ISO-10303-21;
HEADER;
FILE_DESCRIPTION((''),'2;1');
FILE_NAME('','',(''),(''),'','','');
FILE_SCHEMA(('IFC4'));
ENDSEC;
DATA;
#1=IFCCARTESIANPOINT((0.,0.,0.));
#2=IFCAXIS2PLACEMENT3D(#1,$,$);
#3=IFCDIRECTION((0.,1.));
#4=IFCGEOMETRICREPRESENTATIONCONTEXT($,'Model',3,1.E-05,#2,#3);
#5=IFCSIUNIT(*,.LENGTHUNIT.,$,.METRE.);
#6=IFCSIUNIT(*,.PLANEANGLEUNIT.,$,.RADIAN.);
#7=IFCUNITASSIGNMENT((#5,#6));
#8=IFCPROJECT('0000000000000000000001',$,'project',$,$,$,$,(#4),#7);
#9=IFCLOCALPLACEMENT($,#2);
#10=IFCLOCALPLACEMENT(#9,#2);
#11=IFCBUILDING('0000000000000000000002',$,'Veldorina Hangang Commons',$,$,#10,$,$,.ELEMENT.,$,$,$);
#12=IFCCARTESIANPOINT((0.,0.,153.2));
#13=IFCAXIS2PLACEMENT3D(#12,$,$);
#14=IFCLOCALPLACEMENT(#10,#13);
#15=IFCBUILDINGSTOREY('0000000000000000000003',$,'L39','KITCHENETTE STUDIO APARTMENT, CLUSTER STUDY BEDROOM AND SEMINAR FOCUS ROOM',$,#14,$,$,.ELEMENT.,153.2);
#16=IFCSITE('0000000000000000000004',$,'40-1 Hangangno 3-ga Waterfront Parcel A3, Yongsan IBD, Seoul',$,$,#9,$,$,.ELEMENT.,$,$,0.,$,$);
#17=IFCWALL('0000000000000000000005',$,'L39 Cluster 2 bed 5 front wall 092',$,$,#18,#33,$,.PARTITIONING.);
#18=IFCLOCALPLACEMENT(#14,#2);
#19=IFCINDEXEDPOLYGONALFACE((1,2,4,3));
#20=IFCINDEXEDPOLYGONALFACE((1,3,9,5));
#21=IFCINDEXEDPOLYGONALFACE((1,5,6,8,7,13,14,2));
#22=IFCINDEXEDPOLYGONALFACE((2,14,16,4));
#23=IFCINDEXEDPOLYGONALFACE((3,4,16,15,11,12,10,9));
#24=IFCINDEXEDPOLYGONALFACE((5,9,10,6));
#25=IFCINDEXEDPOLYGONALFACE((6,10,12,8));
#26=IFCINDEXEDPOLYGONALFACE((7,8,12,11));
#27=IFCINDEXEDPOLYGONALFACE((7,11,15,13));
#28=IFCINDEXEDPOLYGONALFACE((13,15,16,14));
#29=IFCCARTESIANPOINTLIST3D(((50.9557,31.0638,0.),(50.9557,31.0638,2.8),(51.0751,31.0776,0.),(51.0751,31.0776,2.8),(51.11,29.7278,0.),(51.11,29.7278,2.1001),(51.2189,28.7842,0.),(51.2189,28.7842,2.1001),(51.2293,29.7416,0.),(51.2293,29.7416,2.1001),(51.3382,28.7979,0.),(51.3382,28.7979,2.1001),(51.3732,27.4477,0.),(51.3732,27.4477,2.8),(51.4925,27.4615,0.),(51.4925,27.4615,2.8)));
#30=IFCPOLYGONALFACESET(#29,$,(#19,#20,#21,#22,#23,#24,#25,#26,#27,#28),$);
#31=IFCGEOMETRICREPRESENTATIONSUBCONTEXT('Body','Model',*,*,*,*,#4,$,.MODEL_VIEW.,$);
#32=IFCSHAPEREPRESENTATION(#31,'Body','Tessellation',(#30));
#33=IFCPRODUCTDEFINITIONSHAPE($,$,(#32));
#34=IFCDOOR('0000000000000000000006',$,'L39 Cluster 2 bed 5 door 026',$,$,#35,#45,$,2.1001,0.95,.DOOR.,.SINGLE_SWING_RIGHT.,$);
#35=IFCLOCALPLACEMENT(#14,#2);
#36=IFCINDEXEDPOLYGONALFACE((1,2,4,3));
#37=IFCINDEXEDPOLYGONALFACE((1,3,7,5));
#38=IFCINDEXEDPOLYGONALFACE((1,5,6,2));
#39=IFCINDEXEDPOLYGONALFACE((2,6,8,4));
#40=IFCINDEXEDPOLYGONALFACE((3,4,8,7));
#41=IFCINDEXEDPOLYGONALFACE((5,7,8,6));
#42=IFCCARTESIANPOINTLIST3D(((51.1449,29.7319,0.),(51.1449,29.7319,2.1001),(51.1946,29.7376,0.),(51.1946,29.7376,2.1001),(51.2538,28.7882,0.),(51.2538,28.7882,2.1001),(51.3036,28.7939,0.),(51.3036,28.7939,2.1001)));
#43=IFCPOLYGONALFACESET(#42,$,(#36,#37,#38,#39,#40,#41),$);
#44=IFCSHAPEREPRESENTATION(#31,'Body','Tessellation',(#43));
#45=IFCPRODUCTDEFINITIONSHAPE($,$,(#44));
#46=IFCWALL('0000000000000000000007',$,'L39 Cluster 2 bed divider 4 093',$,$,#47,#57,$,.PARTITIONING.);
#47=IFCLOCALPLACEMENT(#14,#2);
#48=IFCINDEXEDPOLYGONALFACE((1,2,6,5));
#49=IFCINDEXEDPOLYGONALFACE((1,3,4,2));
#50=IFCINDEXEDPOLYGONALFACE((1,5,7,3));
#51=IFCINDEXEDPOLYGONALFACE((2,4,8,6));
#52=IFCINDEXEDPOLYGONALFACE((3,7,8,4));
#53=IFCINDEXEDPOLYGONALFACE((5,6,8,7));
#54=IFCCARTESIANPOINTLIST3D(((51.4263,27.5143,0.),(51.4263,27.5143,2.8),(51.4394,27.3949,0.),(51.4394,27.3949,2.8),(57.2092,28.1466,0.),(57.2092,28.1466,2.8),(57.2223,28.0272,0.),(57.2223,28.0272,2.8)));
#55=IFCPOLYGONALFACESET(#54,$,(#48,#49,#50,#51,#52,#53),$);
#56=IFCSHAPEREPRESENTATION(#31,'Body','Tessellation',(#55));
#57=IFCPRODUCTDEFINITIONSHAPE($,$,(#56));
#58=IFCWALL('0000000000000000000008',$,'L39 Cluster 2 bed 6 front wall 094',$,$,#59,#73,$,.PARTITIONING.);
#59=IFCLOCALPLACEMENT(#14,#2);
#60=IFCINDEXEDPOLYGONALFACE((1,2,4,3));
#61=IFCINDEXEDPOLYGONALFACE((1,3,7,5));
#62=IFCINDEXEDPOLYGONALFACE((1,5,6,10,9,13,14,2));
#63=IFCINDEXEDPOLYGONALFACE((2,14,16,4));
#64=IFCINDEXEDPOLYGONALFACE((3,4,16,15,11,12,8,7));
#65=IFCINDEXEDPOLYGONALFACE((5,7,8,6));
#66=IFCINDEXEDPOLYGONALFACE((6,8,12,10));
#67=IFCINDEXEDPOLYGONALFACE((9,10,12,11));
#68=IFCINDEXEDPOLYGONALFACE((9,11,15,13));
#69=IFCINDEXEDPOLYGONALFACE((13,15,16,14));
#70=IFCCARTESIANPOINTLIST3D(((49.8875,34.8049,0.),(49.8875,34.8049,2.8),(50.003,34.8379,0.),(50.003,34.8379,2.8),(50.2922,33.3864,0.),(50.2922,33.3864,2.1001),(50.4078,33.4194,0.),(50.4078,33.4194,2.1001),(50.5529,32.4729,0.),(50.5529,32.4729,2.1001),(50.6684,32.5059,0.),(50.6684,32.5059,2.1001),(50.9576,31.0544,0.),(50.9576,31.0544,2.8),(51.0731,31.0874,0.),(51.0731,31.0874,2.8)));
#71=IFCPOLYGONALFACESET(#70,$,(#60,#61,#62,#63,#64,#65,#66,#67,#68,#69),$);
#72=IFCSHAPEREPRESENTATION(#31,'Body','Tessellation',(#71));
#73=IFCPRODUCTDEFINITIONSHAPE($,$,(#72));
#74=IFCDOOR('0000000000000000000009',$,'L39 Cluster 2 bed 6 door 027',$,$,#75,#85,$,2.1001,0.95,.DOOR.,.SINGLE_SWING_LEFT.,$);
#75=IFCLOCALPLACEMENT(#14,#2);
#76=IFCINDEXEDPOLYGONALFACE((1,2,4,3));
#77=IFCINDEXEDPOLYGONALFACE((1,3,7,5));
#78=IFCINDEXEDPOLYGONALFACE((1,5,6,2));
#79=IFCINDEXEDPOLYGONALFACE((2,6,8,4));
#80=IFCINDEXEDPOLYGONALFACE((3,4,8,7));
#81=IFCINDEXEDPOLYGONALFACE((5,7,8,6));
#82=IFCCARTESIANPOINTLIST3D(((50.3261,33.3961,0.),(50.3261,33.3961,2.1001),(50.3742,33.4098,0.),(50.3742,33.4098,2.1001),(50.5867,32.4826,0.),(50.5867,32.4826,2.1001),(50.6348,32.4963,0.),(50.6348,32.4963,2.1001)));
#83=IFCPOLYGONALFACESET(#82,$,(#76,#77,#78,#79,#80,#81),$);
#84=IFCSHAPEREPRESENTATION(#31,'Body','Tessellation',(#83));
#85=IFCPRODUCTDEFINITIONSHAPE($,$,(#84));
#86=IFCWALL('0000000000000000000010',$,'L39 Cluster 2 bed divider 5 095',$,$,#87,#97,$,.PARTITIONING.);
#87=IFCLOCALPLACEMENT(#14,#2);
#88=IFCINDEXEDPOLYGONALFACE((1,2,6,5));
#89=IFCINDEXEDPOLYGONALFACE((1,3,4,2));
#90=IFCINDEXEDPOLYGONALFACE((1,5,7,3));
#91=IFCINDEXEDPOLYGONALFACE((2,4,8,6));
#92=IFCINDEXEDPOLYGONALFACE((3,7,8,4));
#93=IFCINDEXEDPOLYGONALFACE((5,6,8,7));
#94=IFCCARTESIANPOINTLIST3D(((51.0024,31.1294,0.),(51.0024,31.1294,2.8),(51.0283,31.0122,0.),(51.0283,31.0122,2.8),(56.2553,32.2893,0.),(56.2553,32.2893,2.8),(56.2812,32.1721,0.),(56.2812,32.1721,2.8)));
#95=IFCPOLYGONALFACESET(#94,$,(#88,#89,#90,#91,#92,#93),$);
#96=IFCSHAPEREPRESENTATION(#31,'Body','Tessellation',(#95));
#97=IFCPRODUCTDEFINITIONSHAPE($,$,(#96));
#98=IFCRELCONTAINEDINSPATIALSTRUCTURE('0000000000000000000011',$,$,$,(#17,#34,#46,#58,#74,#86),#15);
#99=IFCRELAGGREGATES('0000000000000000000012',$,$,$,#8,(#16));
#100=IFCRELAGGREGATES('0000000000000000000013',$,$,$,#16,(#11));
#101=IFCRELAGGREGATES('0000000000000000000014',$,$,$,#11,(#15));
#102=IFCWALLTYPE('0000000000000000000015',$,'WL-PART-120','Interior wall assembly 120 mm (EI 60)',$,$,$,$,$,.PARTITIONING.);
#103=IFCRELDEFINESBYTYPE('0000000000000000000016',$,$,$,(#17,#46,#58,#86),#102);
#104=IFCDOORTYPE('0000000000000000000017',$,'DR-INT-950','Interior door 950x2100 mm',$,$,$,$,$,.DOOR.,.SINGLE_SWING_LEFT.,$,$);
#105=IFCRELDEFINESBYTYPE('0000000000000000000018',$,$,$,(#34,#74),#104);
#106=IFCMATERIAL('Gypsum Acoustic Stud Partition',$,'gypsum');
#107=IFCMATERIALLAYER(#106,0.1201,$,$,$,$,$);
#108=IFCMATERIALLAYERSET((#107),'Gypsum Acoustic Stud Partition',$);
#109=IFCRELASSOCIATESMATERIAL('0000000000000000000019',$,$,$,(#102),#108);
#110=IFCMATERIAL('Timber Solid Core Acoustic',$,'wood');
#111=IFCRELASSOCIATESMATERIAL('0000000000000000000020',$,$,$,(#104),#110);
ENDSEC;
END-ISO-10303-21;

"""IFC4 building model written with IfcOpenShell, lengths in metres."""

from ifc_helpers import new_model, si_unit, direction, frame, frame_2d, origin, place, context, subcontext, project, spatial, rectangle, extrude, material, layer, layer_set, type_object, element, fill, save


model = new_model("IFC4")

# Units and contexts
model_context = context("Model", 3, precision=1e-05, world=origin(), true_north=direction((0.0, 1.0)))
body_context = subcontext(model_context, "Body", "Model", "MODEL_VIEW")
ifc_project = project(units=[si_unit("LENGTHUNIT", "METRE"), si_unit("PLANEANGLEUNIT", "RADIAN")], contexts=[model_context])

# Site, building, storey
site_placement = place(None, origin())
site = spatial("IfcSite", under=ifc_project, at=site_placement, Name="40-1 Hangangno 3-ga Waterfront Parcel A3, Yongsan IBD, Seoul", CompositionType="ELEMENT", RefElevation=0.0)
building_placement = place(site_placement, origin())
building = spatial("IfcBuilding", under=site, at=building_placement, Name="Veldorina Hangang Commons", CompositionType="ELEMENT")
storey_placement = place(building_placement, frame((0.0, 0.0, 153.2)))
storey = spatial("IfcBuildingStorey", under=building, at=storey_placement, Name="L39", Description="KITCHENETTE STUDIO APARTMENT, CLUSTER STUDY BEDROOM AND SEMINAR FOCUS ROOM", CompositionType="ELEMENT", Elevation=153.2)

# Shared definitions
ifc_material_1 = material(Name="Gypsum Acoustic Stud Partition", Category="gypsum")
ifc_layer_1 = layer(ifc_material_1, 0.1201)
ifc_layer_set_1 = layer_set([ifc_layer_1], Name="Gypsum Acoustic Stud Partition")
wall_type_1 = type_object("IfcWallType", Name="WL-PART-120", Description="Interior wall assembly 120 mm (EI 60)", PredefinedType="PARTITIONING", material=ifc_layer_set_1)
ifc_material_2 = material(Name="Timber Solid Core Acoustic", Category="wood")
door_type = type_object("IfcDoorType", Name="DR-INT-950", Description="Interior door 950x2100 mm", OperationType="SINGLE_SWING_LEFT", PredefinedType="DOOR", material=ifc_material_2)

# Wall, opening, door
wall_1_placement = place(storey_placement, frame((51.4329, 27.4546, 0.0), z_axis=(0.0, 0.0, 1.0), x_axis=(-0.114685, 0.993402, 0.0)))
wall_1 = element("IfcWall", 1, at=wall_1_placement, inside=storey, type_object=wall_type_1, Name="L39 Cluster 2 bed 5 front wall 092", PredefinedType="PARTITIONING", context=body_context, shape_type="SweptSolid", body=[
    extrude(rectangle(XDim=3.6401, YDim=0.1201, at=frame_2d((1.8201, 0.0))), origin(), (0.0, 0.0, 1.0), 2.8),
])
opening_1_placement = place(wall_1_placement, frame((1.3452, 0.0, 0.0)))
opening_1 = element("IfcOpeningElement", 2, at=opening_1_placement, cuts=wall_1, PredefinedType="OPENING", context=body_context, shape_type="SweptSolid", body=[
    extrude(rectangle(XDim=0.95, YDim=2.1001, at=frame_2d((0.4751, 1.05))), frame((0.0, 0.0701, 0.0), z_axis=(0.0, -1.0, 0.0), x_axis=(1.0, 0.0, 0.0)), (0.0, 0.0, 1.0), 0.1401),
])
door_1_placement = place(opening_1_placement, origin())
door_1 = element("IfcDoor", 3, at=door_1_placement, inside=storey, type_object=door_type, Name="L39 Cluster 2 bed 5 door 026", OperationType="SINGLE_SWING_RIGHT", OverallHeight=2.1001, OverallWidth=0.95, PredefinedType="DOOR", context=body_context, shape_type="SweptSolid", body=[
    extrude(rectangle(XDim=0.95, YDim=2.1001, at=frame_2d((0.4751, 1.05))), frame((0.0, 0.0249, 0.0), z_axis=(0.0, -1.0, 0.0), x_axis=(1.0, 0.0, 0.0)), (0.0, 0.0, 1.0), 0.05),
])
fill(opening_1, door_1)

# Wall
wall_2_placement = place(storey_placement, frame((51.4329, 27.4546, 0.0), z_axis=(0.0, 0.0, 1.0), x_axis=(0.994075, 0.108695, 0.0)))
element("IfcWall", 4, at=wall_2_placement, inside=storey, type_object=wall_type_1, Name="L39 Cluster 2 bed divider 4 093", PredefinedType="PARTITIONING", context=body_context, shape_type="SweptSolid", body=[
    extrude(rectangle(XDim=5.8174, YDim=0.1201, at=frame_2d((2.9087, 0.0))), origin(), (0.0, 0.0, 1.0), 2.8),
])

# Wall, opening, door
wall_3_placement = place(storey_placement, frame((51.0154, 31.0708, 0.0), z_axis=(0.0, 0.0, 1.0), x_axis=(-0.274366, 0.961625, 0.0)))
wall_3 = element("IfcWall", 5, at=wall_3_placement, inside=storey, type_object=wall_type_1, Name="L39 Cluster 2 bed 6 front wall 094", PredefinedType="PARTITIONING", context=body_context, shape_type="SweptSolid", body=[
    extrude(rectangle(XDim=3.9001, YDim=0.1201, at=frame_2d((1.9502, 0.0))), origin(), (0.0, 0.0, 1.0), 2.8),
])
opening_2_placement = place(wall_3_placement, frame((1.4751, 0.0, 0.0)))
opening_2 = element("IfcOpeningElement", 6, at=opening_2_placement, cuts=wall_3, PredefinedType="OPENING", context=body_context, shape_type="SweptSolid", body=[
    extrude(rectangle(XDim=0.95, YDim=2.1001, at=frame_2d((0.4751, 1.05))), frame((0.0, 0.0701, 0.0), z_axis=(0.0, -1.0, 0.0), x_axis=(1.0, 0.0, 0.0)), (0.0, 0.0, 1.0), 0.1401),
])
door_2_placement = place(opening_2_placement, origin())
door_2 = element("IfcDoor", 7, at=door_2_placement, inside=storey, type_object=door_type, Name="L39 Cluster 2 bed 6 door 027", OperationType="SINGLE_SWING_LEFT", OverallHeight=2.1001, OverallWidth=0.95, PredefinedType="DOOR", context=body_context, shape_type="SweptSolid", body=[
    extrude(rectangle(XDim=0.95, YDim=2.1001, at=frame_2d((0.4751, 1.05))), frame((0.0, 0.0249, 0.0), z_axis=(0.0, -1.0, 0.0), x_axis=(1.0, 0.0, 0.0)), (0.0, 0.0, 1.0), 0.05),
])
fill(opening_2, door_2)

# Wall
wall_4_placement = place(storey_placement, frame((51.0154, 31.0708, 0.0), z_axis=(0.0, 0.0, 1.0), x_axis=(0.976478, 0.215618, 0.0)))
element("IfcWall", 8, at=wall_4_placement, inside=storey, type_object=wall_type_1, Name="L39 Cluster 2 bed divider 5 095", PredefinedType="PARTITIONING", context=body_context, shape_type="SweptSolid", body=[
    extrude(rectangle(XDim=5.3794, YDim=0.1201, at=frame_2d((2.6897, 0.0))), origin(), (0.0, 0.0, 1.0), 2.8),
])

save(model, "model.ifc")
